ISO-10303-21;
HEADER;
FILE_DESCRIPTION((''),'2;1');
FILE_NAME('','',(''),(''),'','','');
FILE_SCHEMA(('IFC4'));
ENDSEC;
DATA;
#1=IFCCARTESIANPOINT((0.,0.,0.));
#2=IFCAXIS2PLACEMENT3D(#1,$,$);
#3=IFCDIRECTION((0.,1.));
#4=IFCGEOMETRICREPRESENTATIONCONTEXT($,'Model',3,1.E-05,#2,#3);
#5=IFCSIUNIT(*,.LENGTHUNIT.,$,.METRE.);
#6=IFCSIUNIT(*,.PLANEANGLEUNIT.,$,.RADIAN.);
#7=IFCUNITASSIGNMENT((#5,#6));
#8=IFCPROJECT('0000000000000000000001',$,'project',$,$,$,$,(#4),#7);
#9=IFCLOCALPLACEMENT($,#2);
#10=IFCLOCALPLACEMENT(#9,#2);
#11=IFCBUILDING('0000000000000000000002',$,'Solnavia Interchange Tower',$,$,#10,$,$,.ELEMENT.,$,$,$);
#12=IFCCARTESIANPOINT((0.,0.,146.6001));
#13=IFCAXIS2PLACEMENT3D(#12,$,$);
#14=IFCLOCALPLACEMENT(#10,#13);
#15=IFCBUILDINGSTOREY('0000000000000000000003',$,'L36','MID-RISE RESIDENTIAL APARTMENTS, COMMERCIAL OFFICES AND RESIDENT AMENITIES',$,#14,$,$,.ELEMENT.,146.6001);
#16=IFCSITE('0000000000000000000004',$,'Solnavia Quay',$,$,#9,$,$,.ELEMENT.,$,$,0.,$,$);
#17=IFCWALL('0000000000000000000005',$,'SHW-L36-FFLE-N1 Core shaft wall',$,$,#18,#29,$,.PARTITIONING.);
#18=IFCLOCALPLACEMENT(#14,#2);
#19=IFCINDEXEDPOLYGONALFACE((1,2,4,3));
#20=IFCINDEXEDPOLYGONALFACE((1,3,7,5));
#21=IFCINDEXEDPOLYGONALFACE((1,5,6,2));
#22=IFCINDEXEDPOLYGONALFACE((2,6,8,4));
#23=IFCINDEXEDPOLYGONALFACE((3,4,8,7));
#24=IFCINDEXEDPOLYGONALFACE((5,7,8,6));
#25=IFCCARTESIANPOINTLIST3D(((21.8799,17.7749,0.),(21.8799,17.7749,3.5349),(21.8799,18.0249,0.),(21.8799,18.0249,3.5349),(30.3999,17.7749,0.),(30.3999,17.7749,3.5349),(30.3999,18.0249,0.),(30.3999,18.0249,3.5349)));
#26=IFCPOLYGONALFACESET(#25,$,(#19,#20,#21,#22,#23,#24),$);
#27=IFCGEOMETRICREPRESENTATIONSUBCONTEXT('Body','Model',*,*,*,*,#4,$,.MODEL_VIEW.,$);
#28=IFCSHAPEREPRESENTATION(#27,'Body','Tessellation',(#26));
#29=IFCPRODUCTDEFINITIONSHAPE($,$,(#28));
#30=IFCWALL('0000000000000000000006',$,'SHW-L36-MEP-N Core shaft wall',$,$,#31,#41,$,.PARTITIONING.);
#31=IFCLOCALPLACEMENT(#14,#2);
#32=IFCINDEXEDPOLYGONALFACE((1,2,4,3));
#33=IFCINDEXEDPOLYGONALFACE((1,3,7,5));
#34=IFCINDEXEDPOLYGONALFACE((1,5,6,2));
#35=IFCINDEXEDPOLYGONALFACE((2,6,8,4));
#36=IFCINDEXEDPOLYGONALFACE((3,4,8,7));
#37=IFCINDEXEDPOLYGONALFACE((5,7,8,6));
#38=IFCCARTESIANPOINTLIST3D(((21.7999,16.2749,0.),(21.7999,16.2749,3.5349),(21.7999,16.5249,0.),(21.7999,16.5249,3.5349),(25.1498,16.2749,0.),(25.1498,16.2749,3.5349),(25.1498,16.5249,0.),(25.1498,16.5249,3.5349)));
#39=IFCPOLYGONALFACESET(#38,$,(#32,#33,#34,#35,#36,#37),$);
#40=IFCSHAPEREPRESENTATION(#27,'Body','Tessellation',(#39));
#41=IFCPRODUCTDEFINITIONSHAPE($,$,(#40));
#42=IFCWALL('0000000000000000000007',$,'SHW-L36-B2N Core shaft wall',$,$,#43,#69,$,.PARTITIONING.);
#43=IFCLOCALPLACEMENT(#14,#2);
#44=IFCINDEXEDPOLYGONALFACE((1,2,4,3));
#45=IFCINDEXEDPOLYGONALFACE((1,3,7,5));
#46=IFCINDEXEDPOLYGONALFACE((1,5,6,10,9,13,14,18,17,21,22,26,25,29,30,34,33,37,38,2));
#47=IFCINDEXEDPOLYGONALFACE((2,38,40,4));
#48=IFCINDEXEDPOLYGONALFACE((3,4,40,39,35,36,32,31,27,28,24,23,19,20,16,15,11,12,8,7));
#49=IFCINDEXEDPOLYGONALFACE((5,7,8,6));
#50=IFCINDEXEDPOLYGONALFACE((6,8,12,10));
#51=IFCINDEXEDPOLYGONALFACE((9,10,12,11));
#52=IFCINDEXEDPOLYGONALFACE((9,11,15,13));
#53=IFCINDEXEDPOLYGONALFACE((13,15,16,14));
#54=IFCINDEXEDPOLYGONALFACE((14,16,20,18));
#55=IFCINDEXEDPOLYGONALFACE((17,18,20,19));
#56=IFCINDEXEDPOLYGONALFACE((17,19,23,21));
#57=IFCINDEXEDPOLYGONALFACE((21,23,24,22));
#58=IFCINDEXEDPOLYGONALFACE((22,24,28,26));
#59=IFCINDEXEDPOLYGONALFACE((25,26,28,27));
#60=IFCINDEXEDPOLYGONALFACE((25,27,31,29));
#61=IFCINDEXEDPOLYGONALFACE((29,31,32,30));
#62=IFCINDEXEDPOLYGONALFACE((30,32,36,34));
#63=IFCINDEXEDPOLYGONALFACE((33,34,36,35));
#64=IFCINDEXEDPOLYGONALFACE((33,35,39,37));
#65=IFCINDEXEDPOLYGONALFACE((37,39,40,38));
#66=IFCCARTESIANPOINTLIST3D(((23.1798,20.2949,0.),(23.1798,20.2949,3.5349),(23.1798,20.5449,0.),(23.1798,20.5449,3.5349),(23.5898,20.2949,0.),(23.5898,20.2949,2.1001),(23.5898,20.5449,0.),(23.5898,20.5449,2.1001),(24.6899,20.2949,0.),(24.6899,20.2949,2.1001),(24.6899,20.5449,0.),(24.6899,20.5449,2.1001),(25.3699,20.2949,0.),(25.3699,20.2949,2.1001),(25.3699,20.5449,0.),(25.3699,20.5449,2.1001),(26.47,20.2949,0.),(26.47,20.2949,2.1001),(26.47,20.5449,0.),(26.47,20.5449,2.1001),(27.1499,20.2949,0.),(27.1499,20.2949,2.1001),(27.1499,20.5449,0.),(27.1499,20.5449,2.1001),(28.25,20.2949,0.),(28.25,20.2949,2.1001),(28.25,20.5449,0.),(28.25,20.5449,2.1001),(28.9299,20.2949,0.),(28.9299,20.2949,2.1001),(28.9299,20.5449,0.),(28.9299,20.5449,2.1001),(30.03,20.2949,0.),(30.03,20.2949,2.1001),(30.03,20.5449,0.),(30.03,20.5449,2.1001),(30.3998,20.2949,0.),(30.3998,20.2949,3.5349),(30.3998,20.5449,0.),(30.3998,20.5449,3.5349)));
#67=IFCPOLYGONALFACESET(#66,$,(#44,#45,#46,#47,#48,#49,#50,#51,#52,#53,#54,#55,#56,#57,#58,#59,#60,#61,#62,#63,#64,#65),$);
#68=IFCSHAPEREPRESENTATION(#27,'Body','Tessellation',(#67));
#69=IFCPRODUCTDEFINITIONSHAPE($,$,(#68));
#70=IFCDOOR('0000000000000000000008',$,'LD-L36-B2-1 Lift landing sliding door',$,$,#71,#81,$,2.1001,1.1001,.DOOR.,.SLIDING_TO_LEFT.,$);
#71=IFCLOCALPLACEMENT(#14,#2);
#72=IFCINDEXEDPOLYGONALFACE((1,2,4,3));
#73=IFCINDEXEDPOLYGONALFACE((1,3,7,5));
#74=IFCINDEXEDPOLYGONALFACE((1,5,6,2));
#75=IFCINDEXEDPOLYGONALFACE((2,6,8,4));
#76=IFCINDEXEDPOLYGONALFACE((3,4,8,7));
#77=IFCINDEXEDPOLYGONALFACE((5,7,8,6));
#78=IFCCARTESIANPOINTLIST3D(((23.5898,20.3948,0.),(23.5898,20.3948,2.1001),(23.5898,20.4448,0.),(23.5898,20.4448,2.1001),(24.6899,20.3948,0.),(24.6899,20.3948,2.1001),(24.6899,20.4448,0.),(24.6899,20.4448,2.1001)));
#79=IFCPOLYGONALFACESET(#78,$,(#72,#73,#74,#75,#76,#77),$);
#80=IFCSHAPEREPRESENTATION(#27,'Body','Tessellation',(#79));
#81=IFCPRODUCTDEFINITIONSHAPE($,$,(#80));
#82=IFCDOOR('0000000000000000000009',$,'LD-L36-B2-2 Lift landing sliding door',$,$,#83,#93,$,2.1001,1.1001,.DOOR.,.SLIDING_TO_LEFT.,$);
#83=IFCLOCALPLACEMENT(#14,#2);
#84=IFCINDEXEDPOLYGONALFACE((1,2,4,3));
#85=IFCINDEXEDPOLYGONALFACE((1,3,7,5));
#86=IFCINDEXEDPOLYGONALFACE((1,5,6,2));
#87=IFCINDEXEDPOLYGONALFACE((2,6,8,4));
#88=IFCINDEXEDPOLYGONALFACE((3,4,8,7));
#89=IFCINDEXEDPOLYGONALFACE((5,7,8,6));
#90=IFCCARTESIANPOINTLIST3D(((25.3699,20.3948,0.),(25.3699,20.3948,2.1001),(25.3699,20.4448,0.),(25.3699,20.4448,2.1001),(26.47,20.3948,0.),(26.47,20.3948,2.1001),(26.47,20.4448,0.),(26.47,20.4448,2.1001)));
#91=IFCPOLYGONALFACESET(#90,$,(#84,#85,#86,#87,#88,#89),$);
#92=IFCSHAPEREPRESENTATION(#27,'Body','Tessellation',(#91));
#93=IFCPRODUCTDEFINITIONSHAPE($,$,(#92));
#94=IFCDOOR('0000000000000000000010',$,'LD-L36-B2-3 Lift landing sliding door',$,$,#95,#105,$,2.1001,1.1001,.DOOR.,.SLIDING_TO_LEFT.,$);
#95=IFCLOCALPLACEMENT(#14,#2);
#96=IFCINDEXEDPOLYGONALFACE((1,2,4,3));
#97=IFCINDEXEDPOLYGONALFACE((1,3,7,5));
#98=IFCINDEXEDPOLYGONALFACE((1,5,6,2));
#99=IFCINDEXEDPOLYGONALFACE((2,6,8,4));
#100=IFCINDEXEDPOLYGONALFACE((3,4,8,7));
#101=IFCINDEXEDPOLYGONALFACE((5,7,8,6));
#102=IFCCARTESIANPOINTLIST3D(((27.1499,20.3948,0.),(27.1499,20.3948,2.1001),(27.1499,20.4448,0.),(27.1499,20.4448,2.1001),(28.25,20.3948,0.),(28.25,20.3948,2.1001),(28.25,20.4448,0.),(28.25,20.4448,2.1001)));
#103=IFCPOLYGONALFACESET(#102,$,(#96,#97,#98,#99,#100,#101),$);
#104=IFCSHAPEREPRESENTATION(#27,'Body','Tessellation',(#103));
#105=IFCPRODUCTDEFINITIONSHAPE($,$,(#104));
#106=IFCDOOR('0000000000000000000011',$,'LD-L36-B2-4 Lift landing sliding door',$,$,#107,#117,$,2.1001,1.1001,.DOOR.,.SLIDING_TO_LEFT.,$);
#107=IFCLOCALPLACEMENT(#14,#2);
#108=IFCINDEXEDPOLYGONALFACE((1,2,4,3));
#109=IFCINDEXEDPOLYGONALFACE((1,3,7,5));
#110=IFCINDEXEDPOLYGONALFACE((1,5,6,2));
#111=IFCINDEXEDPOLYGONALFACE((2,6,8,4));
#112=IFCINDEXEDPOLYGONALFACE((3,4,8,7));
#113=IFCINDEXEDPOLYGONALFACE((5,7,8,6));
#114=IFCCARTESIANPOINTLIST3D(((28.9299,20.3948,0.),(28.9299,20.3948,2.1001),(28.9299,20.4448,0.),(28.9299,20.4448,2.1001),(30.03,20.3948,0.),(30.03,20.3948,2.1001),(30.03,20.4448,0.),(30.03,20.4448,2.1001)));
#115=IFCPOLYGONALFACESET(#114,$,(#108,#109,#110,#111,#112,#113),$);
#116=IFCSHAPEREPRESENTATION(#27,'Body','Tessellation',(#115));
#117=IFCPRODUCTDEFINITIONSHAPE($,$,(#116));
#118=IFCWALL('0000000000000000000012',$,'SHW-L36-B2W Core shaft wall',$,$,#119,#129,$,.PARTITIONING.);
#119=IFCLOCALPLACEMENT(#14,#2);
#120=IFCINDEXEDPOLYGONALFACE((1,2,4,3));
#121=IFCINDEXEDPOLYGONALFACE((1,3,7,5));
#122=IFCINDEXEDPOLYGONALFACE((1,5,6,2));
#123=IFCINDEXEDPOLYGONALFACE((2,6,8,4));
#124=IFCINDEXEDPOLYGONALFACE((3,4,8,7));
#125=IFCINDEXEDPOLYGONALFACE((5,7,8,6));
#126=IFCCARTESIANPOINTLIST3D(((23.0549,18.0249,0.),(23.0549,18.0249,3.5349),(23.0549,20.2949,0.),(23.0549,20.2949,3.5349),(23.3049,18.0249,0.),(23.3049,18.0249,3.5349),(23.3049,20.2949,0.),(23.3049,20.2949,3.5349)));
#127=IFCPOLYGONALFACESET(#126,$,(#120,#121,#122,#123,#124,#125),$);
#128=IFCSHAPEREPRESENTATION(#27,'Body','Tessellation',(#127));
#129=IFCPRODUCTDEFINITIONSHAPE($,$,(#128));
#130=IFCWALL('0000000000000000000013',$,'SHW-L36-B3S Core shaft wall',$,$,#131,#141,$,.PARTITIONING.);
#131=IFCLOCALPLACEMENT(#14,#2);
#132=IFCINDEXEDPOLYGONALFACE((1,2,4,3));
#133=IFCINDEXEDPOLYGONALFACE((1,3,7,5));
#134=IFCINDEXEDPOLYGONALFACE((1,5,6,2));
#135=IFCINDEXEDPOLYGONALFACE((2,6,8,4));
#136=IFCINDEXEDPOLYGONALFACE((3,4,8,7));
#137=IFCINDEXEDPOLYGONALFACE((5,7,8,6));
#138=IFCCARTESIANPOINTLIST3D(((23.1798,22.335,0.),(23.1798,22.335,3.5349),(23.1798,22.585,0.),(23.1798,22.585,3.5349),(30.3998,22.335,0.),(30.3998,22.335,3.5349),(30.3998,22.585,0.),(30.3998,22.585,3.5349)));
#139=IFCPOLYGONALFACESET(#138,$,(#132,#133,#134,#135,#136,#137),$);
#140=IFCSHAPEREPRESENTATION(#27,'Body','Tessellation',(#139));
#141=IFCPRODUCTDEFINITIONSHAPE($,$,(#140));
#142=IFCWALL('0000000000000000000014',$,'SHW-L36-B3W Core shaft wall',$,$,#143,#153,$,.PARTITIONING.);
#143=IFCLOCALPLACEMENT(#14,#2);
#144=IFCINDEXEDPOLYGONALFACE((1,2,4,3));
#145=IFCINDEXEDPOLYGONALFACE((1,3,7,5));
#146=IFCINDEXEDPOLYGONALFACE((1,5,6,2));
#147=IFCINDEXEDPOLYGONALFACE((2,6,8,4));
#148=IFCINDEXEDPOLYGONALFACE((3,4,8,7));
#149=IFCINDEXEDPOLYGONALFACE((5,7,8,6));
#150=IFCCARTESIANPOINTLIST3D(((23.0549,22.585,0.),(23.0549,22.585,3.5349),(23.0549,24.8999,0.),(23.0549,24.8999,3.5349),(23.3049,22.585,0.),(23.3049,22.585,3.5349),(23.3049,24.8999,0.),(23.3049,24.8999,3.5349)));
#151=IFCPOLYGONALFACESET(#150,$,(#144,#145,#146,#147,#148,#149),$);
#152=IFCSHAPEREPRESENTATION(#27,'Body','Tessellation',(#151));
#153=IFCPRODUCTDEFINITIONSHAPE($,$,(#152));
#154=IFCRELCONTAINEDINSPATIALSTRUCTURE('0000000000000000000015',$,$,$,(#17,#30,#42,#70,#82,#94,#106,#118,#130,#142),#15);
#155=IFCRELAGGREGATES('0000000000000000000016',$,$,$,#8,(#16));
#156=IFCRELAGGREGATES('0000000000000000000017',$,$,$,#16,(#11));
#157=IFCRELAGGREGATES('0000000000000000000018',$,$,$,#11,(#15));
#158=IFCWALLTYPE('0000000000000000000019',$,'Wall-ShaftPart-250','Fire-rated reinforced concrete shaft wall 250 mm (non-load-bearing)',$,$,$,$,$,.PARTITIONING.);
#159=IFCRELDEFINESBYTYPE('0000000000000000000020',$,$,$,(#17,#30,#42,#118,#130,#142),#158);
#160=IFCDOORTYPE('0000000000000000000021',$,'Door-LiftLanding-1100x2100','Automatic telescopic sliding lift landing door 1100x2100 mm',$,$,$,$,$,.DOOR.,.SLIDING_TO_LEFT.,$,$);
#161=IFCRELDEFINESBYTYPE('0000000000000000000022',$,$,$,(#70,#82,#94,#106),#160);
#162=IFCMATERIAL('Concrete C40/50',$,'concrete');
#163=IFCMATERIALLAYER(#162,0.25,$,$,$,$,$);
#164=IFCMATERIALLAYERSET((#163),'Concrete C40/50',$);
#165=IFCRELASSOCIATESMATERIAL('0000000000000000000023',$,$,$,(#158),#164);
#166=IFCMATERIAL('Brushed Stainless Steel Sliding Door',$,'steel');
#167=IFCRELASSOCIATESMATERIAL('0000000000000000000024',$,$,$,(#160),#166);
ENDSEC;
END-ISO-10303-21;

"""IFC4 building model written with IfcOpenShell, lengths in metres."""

from ifc_helpers import new_model, si_unit, direction, frame, frame_2d, origin, place, context, subcontext, project, spatial, rectangle, extrude, material, layer, layer_set, type_object, element, fill, save


model = new_model("IFC4")

# Units and contexts
model_context = context("Model", 3, precision=1e-05, world=origin(), true_north=direction((0.0, 1.0)))
body_context = subcontext(model_context, "Body", "Model", "MODEL_VIEW")
ifc_project = project(units=[si_unit("LENGTHUNIT", "METRE"), si_unit("PLANEANGLEUNIT", "RADIAN")], contexts=[model_context])

# Site, building, storey
site_placement = place(None, origin())
site = spatial("IfcSite", under=ifc_project, at=site_placement, Name="Solnavia Quay", CompositionType="ELEMENT", RefElevation=0.0)
building_placement = place(site_placement, origin())
building = spatial("IfcBuilding", under=site, at=building_placement, Name="Solnavia Interchange Tower", CompositionType="ELEMENT")
storey_placement = place(building_placement, frame((0.0, 0.0, 146.6001)))
storey = spatial("IfcBuildingStorey", under=building, at=storey_placement, Name="L36", Description="MID-RISE RESIDENTIAL APARTMENTS, COMMERCIAL OFFICES AND RESIDENT AMENITIES", CompositionType="ELEMENT", Elevation=146.6001)

# Shared definitions
ifc_material_1 = material(Name="Concrete C40/50", Category="concrete")

# Walls
ifc_layer_1 = layer(ifc_material_1, 0.25)
ifc_layer_set_1 = layer_set([ifc_layer_1], Name="Concrete C40/50")
wall_type_1 = type_object("IfcWallType", Name="Wall-ShaftPart-250", Description="Fire-rated reinforced concrete shaft wall 250 mm (non-load-bearing)", PredefinedType="PARTITIONING", material=ifc_layer_set_1)
wall_1_placement = place(storey_placement, frame((21.8799, 17.8999, 0.0), z_axis=(0.0, 0.0, 1.0), x_axis=(1.0, 0.0, 0.0)))
element("IfcWall", 1, at=wall_1_placement, inside=storey, type_object=wall_type_1, Name="SHW-L36-FFLE-N1 Core shaft wall", PredefinedType="PARTITIONING", context=body_context, shape_type="SweptSolid", body=[
    extrude(rectangle(XDim=8.52, YDim=0.25, at=frame_2d((4.26, 0.0))), origin(), (0.0, 0.0, 1.0), 3.5349),
])
wall_2_placement = place(storey_placement, frame((21.8, 16.3999, 0.0), z_axis=(0.0, 0.0, 1.0), x_axis=(1.0, 0.0, 0.0)))
element("IfcWall", 2, at=wall_2_placement, inside=storey, type_object=wall_type_1, Name="SHW-L36-MEP-N Core shaft wall", PredefinedType="PARTITIONING", context=body_context, shape_type="SweptSolid", body=[
    extrude(rectangle(XDim=3.3499, YDim=0.25, at=frame_2d((1.6748, 0.0))), origin(), (0.0, 0.0, 1.0), 3.5349),
])

# Wall, openings, doors
wall_3_placement = place(storey_placement, frame((23.1799, 20.4199, 0.0), z_axis=(0.0, 0.0, 1.0), x_axis=(1.0, 0.0, 0.0)))
wall_3 = element("IfcWall", 3, at=wall_3_placement, inside=storey, type_object=wall_type_1, Name="SHW-L36-B2N Core shaft wall", PredefinedType="PARTITIONING", context=body_context, shape_type="SweptSolid", body=[
    extrude(rectangle(XDim=7.22, YDim=0.25, at=frame_2d((3.6099, 0.0))), origin(), (0.0, 0.0, 1.0), 3.5349),
])
opening_1_placement = place(wall_3_placement, frame((0.4099, 0.0, 0.0)))
opening_1 = element("IfcOpeningElement", 4, at=opening_1_placement, cuts=wall_3, PredefinedType="OPENING", context=body_context, shape_type="SweptSolid", body=[
    extrude(rectangle(XDim=1.1001, YDim=2.1001, at=frame_2d((0.55, 1.05))), frame((0.0, 0.135, 0.0), z_axis=(0.0, -1.0, 0.0), x_axis=(1.0, 0.0, 0.0)), (0.0, 0.0, 1.0), 0.27),
])
opening_2_placement = place(wall_3_placement, frame((2.1899, 0.0, 0.0)))
opening_2 = element("IfcOpeningElement", 5, at=opening_2_placement, cuts=wall_3, PredefinedType="OPENING", context=body_context, shape_type="SweptSolid", body=[
    extrude(rectangle(XDim=1.1001, YDim=2.1001, at=frame_2d((0.55, 1.05))), frame((0.0, 0.135, 0.0), z_axis=(0.0, -1.0, 0.0), x_axis=(1.0, 0.0, 0.0)), (0.0, 0.0, 1.0), 0.27),
])
opening_3_placement = place(wall_3_placement, frame((3.97, 0.0, 0.0)))
opening_3 = element("IfcOpeningElement", 6, at=opening_3_placement, cuts=wall_3, PredefinedType="OPENING", context=body_context, shape_type="SweptSolid", body=[
    extrude(rectangle(XDim=1.1001, YDim=2.1001, at=frame_2d((0.55, 1.05))), frame((0.0, 0.135, 0.0), z_axis=(0.0, -1.0, 0.0), x_axis=(1.0, 0.0, 0.0)), (0.0, 0.0, 1.0), 0.27),
])
opening_4_placement = place(wall_3_placement, frame((5.75, 0.0, 0.0)))
opening_4 = element("IfcOpeningElement", 7, at=opening_4_placement, cuts=wall_3, PredefinedType="OPENING", context=body_context, shape_type="SweptSolid", body=[
    extrude(rectangle(XDim=1.1001, YDim=2.1001, at=frame_2d((0.55, 1.05))), frame((0.0, 0.135, 0.0), z_axis=(0.0, -1.0, 0.0), x_axis=(1.0, 0.0, 0.0)), (0.0, 0.0, 1.0), 0.27),
])
ifc_material_2 = material(Name="Brushed Stainless Steel Sliding Door", Category="steel")
door_type_1 = type_object("IfcDoorType", Name="Door-LiftLanding-1100x2100", Description="Automatic telescopic sliding lift landing door 1100x2100 mm", OperationType="SLIDING_TO_LEFT", PredefinedType="DOOR", material=ifc_material_2)
door_1_placement = place(opening_1_placement, origin())
door_1 = element("IfcDoor", 8, at=door_1_placement, inside=storey, type_object=door_type_1, Name="LD-L36-B2-1 Lift landing sliding door", OperationType="SLIDING_TO_LEFT", OverallHeight=2.1001, OverallWidth=1.1001, PredefinedType="DOOR", context=body_context, shape_type="SweptSolid", body=[
    extrude(rectangle(XDim=1.1001, YDim=2.1001, at=frame_2d((0.55, 1.05))), frame((0.0, 0.0249, 0.0), z_axis=(0.0, -1.0, 0.0), x_axis=(1.0, 0.0, 0.0)), (0.0, 0.0, 1.0), 0.05),
])
fill(opening_1, door_1)
door_2_placement = place(opening_2_placement, origin())
door_2 = element("IfcDoor", 9, at=door_2_placement, inside=storey, type_object=door_type_1, Name="LD-L36-B2-2 Lift landing sliding door", OperationType="SLIDING_TO_LEFT", OverallHeight=2.1001, OverallWidth=1.1001, PredefinedType="DOOR", context=body_context, shape_type="SweptSolid", body=[
    extrude(rectangle(XDim=1.1001, YDim=2.1001, at=frame_2d((0.55, 1.05))), frame((0.0, 0.0249, 0.0), z_axis=(0.0, -1.0, 0.0), x_axis=(1.0, 0.0, 0.0)), (0.0, 0.0, 1.0), 0.05),
])
fill(opening_2, door_2)
door_3_placement = place(opening_3_placement, origin())
door_3 = element("IfcDoor", 10, at=door_3_placement, inside=storey, type_object=door_type_1, Name="LD-L36-B2-3 Lift landing sliding door", OperationType="SLIDING_TO_LEFT", OverallHeight=2.1001, OverallWidth=1.1001, PredefinedType="DOOR", context=body_context, shape_type="SweptSolid", body=[
    extrude(rectangle(XDim=1.1001, YDim=2.1001, at=frame_2d((0.55, 1.05))), frame((0.0, 0.0249, 0.0), z_axis=(0.0, -1.0, 0.0), x_axis=(1.0, 0.0, 0.0)), (0.0, 0.0, 1.0), 0.05),
])
fill(opening_3, door_3)
door_4_placement = place(opening_4_placement, origin())
door_4 = element("IfcDoor", 11, at=door_4_placement, inside=storey, type_object=door_type_1, Name="LD-L36-B2-4 Lift landing sliding door", OperationType="SLIDING_TO_LEFT", OverallHeight=2.1001, OverallWidth=1.1001, PredefinedType="DOOR", context=body_context, shape_type="SweptSolid", body=[
    extrude(rectangle(XDim=1.1001, YDim=2.1001, at=frame_2d((0.55, 1.05))), frame((0.0, 0.0249, 0.0), z_axis=(0.0, -1.0, 0.0), x_axis=(1.0, 0.0, 0.0)), (0.0, 0.0, 1.0), 0.05),
])
fill(opening_4, door_4)

# Walls
wall_4_placement = place(storey_placement, frame((23.1799, 18.0249, 0.0), z_axis=(0.0, 0.0, 1.0), x_axis=(0.0, 1.0, 0.0)))
element("IfcWall", 12, at=wall_4_placement, inside=storey, type_object=wall_type_1, Name="SHW-L36-B2W Core shaft wall", PredefinedType="PARTITIONING", context=body_context, shape_type="SweptSolid", body=[
    extrude(rectangle(XDim=2.27, YDim=0.25, at=frame_2d((1.135, 0.0))), origin(), (0.0, 0.0, 1.0), 3.5349),
])
wall_5_placement = place(storey_placement, frame((23.1799, 22.46, 0.0), z_axis=(0.0, 0.0, 1.0), x_axis=(1.0, 0.0, 0.0)))
element("IfcWall", 13, at=wall_5_placement, inside=storey, type_object=wall_type_1, Name="SHW-L36-B3S Core shaft wall", PredefinedType="PARTITIONING", context=body_context, shape_type="SweptSolid", body=[
    extrude(rectangle(XDim=7.22, YDim=0.25, at=frame_2d((3.6099, 0.0))), origin(), (0.0, 0.0, 1.0), 3.5349),
])
wall_6_placement = place(storey_placement, frame((23.1799, 22.585, 0.0), z_axis=(0.0, 0.0, 1.0), x_axis=(0.0, 1.0, 0.0)))
element("IfcWall", 14, at=wall_6_placement, inside=storey, type_object=wall_type_1, Name="SHW-L36-B3W Core shaft wall", PredefinedType="PARTITIONING", context=body_context, shape_type="SweptSolid", body=[
    extrude(rectangle(XDim=2.3149, YDim=0.25, at=frame_2d((1.1575, 0.0))), origin(), (0.0, 0.0, 1.0), 3.5349),
])

save(model, "model.ifc")
